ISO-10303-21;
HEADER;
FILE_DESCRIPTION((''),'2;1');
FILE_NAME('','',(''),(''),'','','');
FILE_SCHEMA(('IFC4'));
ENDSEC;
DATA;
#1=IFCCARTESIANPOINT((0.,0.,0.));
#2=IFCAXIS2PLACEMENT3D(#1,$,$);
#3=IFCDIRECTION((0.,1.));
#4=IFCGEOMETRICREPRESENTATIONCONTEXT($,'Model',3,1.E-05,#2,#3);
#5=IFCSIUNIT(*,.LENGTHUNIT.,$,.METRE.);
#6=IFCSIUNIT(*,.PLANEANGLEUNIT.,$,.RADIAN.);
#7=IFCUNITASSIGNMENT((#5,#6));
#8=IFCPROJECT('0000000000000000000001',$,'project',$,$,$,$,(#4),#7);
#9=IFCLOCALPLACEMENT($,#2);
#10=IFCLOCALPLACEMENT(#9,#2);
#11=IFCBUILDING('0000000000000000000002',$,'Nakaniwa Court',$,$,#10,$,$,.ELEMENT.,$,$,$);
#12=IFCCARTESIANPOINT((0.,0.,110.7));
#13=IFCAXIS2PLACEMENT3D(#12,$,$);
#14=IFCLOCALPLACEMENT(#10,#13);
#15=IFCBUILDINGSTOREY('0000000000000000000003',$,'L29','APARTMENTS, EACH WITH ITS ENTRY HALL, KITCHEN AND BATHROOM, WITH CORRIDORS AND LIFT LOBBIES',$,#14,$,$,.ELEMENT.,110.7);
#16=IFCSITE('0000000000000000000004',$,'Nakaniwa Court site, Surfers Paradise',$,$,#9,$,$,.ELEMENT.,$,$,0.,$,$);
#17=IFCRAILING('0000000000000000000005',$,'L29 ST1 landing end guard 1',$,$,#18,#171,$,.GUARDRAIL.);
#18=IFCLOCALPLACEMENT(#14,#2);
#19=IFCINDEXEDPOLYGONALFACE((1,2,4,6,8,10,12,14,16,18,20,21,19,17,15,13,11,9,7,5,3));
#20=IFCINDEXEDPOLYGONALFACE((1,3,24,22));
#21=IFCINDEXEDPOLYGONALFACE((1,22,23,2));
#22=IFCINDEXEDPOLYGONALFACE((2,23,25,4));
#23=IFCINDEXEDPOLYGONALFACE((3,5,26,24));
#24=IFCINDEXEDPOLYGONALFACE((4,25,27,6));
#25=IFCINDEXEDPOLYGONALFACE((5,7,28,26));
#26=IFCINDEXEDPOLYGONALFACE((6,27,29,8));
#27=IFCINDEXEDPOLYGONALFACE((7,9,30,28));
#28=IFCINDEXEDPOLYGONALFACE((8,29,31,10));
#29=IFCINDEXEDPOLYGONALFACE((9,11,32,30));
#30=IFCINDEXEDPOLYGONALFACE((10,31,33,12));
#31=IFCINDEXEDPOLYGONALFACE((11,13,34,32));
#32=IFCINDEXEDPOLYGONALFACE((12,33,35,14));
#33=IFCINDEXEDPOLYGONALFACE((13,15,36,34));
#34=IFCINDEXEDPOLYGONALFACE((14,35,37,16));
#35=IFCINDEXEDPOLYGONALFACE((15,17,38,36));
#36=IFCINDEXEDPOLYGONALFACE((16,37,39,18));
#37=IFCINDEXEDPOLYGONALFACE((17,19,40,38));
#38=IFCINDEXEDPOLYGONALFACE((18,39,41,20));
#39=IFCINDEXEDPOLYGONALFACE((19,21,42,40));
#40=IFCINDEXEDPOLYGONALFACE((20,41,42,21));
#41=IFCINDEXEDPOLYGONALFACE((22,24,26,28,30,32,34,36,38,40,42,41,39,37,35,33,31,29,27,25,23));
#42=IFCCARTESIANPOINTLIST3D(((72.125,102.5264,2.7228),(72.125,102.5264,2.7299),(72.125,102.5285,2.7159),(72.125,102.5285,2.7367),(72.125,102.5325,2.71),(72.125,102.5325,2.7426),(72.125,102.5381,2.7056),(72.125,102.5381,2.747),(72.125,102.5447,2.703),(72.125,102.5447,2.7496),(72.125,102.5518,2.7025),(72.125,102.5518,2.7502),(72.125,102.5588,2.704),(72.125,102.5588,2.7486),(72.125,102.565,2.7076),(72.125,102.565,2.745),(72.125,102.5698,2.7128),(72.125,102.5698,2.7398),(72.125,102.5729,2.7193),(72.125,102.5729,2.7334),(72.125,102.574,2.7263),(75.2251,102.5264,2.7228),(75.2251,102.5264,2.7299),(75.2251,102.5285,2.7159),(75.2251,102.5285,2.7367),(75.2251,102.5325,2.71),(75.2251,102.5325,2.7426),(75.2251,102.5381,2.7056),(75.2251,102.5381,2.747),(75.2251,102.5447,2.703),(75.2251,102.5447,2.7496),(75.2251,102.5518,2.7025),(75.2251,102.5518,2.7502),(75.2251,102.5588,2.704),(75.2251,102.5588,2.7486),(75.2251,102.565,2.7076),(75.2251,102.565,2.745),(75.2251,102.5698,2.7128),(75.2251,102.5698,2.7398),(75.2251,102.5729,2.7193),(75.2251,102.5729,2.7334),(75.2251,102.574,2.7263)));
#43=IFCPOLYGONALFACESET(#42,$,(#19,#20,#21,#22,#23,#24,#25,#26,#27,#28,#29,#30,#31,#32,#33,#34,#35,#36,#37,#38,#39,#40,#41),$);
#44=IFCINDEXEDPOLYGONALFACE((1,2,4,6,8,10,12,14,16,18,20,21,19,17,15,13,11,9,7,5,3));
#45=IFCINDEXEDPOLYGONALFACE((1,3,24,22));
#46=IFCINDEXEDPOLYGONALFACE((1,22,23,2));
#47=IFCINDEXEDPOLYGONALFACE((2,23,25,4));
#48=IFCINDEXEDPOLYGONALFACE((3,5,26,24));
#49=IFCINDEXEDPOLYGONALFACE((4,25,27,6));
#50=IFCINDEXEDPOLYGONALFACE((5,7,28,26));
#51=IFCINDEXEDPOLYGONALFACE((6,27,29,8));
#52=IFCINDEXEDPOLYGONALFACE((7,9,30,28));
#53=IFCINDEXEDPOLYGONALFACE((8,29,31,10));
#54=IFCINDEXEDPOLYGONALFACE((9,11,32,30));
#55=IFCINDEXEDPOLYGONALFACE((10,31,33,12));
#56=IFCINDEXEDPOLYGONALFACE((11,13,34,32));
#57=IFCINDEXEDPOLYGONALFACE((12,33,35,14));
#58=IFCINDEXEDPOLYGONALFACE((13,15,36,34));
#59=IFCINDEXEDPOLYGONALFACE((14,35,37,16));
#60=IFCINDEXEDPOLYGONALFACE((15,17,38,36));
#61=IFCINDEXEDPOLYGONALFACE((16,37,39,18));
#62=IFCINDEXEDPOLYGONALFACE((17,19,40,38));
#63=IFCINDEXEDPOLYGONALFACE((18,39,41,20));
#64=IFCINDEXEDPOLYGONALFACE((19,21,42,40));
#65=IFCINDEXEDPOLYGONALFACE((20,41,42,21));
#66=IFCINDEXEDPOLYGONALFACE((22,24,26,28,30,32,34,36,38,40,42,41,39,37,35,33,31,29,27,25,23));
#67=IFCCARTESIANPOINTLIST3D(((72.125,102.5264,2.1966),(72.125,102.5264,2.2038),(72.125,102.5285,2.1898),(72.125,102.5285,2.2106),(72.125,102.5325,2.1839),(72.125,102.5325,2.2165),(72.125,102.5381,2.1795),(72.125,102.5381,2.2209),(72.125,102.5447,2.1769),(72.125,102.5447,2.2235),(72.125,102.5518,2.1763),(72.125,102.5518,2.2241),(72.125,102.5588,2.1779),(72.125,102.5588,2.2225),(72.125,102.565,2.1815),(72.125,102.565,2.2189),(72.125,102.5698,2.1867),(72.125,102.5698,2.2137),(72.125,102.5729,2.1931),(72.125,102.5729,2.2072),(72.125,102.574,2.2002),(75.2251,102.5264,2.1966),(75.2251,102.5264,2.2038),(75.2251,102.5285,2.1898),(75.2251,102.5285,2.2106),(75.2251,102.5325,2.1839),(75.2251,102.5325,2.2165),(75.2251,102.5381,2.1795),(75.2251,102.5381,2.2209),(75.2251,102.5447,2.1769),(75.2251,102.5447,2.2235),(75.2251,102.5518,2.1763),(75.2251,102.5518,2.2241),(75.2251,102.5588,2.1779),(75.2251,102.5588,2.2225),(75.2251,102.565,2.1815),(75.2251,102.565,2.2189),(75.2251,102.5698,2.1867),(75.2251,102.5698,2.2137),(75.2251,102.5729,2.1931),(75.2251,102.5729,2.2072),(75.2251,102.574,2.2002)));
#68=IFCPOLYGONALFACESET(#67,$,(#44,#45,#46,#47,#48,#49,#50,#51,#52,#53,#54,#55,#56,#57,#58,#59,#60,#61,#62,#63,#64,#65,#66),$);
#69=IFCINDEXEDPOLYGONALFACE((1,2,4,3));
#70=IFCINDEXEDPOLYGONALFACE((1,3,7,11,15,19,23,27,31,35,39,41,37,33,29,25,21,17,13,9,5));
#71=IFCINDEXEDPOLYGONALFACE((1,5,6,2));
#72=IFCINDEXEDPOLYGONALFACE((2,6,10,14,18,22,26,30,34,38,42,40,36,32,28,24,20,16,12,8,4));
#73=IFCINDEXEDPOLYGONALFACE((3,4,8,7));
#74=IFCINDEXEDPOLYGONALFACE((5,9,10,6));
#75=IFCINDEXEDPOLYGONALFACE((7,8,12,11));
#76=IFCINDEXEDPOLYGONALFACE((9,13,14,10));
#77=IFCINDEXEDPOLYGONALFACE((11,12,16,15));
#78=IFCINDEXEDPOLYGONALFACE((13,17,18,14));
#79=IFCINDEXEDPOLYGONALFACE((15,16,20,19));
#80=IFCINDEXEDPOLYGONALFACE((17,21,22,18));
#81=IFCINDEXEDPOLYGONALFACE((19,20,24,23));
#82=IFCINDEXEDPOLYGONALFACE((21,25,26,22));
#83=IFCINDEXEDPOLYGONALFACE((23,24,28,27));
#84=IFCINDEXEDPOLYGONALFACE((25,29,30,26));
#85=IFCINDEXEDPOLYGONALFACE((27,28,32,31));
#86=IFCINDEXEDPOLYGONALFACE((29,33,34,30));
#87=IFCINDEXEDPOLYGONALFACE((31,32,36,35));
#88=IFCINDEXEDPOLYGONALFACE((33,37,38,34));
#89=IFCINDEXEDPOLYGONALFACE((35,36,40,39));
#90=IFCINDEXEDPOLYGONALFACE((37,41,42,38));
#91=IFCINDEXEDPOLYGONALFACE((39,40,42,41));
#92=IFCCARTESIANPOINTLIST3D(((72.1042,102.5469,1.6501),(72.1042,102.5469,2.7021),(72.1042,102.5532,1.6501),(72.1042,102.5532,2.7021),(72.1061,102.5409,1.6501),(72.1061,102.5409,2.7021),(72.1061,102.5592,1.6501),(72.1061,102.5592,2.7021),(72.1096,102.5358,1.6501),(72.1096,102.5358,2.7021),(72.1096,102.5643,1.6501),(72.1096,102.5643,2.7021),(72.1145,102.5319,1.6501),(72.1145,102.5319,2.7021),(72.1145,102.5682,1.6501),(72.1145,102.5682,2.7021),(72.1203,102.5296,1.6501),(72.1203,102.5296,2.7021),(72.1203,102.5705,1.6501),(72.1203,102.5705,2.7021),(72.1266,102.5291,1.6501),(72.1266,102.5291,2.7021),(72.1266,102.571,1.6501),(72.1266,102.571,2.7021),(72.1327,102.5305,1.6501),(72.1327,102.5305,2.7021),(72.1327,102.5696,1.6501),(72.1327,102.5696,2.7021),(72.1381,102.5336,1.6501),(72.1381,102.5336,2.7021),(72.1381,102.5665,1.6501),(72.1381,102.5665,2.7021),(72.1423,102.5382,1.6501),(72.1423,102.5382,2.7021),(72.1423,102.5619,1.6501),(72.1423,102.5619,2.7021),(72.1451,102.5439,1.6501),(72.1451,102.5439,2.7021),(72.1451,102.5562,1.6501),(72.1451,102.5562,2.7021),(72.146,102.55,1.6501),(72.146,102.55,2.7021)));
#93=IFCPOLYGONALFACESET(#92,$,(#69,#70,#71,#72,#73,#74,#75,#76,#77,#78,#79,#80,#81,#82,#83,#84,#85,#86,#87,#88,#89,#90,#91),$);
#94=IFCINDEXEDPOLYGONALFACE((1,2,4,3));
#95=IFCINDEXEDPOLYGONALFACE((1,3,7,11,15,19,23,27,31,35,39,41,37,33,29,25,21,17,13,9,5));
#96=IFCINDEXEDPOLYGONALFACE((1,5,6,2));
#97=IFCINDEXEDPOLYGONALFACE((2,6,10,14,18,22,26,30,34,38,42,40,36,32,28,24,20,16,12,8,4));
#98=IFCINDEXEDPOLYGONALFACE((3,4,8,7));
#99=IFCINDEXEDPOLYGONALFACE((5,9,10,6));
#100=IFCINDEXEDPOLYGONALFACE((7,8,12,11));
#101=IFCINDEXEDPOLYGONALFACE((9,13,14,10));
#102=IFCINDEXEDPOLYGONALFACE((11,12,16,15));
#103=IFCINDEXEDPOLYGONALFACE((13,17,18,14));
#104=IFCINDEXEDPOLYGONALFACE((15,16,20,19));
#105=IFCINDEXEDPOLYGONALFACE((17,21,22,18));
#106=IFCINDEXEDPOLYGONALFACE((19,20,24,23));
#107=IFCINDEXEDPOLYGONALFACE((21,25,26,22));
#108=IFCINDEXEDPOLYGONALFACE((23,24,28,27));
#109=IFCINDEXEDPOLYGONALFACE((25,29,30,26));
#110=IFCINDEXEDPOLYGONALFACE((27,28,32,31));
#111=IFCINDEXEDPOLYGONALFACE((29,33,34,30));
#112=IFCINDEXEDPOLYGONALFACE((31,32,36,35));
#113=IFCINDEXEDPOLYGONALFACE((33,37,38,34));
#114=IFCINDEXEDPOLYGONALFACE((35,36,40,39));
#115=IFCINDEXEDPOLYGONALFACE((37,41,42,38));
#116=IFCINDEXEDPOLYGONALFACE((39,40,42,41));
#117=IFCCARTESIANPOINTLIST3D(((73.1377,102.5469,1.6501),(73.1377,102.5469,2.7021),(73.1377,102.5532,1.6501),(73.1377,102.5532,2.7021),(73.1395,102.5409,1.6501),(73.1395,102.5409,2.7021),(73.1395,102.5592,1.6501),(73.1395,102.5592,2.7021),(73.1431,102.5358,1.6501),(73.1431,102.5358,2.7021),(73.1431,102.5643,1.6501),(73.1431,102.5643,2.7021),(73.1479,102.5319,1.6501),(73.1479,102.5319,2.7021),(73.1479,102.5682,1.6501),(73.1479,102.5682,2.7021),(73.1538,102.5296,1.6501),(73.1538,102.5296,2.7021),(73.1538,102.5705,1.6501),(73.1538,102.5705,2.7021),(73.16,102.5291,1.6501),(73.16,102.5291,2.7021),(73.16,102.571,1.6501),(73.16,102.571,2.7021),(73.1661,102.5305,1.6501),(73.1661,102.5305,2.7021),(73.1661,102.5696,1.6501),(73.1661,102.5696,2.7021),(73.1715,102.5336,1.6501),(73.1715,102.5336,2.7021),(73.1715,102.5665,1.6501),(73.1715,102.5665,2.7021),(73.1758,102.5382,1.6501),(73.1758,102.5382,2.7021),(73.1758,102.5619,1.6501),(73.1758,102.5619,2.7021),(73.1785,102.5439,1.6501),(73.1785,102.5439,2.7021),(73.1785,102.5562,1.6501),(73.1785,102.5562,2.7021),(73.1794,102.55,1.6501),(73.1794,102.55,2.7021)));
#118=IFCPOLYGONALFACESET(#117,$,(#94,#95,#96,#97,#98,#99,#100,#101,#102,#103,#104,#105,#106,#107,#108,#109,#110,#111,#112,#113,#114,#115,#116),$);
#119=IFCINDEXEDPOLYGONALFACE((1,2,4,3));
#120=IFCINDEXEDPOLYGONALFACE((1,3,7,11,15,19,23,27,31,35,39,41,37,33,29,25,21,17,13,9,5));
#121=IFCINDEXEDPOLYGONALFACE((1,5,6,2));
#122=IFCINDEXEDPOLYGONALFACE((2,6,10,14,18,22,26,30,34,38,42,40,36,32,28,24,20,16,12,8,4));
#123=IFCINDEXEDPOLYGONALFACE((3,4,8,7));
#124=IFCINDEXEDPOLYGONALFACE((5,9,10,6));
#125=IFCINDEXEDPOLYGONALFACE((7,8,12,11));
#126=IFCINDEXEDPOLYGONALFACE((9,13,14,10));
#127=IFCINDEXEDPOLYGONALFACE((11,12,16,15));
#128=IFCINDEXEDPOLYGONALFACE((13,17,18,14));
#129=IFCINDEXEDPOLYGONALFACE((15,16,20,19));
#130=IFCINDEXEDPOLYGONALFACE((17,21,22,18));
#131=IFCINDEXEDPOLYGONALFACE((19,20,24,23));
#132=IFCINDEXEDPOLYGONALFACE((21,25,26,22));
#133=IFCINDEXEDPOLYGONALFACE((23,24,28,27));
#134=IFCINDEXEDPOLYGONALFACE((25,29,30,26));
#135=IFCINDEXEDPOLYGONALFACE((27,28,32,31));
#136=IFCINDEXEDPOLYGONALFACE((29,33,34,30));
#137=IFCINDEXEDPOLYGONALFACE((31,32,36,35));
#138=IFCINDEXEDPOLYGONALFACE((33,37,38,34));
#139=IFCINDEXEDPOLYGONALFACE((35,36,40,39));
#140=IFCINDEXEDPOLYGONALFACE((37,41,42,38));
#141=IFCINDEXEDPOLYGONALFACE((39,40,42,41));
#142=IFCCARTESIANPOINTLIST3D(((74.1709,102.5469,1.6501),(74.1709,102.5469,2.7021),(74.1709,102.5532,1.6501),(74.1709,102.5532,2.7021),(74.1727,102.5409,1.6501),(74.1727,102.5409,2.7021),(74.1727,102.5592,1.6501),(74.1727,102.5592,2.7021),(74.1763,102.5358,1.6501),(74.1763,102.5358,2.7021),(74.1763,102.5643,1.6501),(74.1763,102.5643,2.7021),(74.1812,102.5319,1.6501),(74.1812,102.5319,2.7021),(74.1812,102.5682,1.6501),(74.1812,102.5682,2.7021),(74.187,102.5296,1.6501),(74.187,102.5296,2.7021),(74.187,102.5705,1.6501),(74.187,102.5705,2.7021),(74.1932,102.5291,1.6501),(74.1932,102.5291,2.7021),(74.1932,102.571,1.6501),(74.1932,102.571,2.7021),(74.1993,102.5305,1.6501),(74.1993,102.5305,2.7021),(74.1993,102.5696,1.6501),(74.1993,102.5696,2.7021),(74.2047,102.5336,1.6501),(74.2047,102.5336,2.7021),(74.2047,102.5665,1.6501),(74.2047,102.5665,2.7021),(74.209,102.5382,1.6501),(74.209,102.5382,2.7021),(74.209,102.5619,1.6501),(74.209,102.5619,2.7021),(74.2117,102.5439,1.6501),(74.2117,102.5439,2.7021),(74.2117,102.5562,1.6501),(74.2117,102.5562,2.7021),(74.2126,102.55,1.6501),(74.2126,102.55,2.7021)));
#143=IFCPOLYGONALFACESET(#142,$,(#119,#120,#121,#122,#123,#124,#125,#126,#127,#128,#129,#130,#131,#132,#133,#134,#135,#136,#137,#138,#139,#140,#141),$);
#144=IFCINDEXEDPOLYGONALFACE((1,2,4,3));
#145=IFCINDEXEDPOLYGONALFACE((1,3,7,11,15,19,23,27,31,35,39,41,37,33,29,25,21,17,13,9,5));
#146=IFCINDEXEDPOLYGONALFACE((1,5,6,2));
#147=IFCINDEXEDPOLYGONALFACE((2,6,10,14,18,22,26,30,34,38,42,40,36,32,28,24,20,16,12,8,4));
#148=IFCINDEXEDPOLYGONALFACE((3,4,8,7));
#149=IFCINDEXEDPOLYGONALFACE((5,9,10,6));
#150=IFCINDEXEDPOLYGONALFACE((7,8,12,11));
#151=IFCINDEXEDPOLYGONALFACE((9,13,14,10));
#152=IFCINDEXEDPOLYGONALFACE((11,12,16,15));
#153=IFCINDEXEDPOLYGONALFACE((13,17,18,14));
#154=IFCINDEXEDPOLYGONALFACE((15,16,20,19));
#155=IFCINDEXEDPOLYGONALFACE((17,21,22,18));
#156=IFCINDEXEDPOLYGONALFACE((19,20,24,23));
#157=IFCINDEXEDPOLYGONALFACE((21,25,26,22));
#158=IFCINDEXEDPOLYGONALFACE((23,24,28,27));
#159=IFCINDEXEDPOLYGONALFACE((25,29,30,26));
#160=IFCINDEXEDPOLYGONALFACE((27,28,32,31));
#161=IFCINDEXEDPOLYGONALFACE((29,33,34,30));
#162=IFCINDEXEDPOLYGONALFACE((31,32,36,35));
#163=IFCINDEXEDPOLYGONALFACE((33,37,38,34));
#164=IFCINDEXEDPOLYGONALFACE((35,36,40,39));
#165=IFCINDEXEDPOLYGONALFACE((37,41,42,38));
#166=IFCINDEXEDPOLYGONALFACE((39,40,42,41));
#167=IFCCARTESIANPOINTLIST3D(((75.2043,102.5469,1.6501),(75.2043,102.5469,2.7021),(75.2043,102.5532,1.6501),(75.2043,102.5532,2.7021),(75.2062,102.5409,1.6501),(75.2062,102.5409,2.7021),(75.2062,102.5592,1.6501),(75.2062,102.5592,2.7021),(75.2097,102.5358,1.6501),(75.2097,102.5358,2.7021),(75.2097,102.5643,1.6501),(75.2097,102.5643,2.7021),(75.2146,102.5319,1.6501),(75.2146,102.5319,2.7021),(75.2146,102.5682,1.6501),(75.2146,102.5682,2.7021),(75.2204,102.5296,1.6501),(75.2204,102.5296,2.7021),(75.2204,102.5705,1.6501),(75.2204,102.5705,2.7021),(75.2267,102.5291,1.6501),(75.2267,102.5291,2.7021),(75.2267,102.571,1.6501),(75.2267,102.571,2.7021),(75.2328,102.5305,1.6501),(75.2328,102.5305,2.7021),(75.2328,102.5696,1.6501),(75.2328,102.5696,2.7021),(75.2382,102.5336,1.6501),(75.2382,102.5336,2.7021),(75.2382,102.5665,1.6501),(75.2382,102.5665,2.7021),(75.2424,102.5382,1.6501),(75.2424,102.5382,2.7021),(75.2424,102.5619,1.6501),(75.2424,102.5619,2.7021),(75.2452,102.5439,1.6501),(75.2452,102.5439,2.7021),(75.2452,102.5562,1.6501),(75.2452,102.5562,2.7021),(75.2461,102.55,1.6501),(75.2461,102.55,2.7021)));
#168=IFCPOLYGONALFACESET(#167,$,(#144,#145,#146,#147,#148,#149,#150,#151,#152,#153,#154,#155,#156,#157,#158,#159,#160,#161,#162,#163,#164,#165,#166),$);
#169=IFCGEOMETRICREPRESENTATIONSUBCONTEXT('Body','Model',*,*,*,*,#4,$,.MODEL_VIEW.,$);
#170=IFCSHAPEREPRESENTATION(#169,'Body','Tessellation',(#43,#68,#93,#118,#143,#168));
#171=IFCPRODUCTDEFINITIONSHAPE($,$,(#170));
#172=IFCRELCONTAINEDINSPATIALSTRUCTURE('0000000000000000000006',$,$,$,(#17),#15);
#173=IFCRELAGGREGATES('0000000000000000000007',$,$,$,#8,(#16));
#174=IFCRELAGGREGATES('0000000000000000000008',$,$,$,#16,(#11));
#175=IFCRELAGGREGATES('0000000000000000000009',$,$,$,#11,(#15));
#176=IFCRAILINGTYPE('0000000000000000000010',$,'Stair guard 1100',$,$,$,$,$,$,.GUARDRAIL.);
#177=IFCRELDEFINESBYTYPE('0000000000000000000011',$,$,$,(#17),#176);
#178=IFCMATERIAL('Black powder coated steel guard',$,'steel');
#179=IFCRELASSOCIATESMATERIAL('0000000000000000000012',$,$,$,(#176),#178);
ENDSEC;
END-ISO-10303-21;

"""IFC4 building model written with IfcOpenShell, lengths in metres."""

from ifc_helpers import new_model, si_unit, direction, frame, origin, origin_2d, place, context, subcontext, project, spatial, circle, extrude, material, type_object, element, save


model = new_model("IFC4")

# Units and contexts
model_context = context("Model", 3, precision=1e-05, world=origin(), true_north=direction((0.0, 1.0)))
body_context = subcontext(model_context, "Body", "Model", "MODEL_VIEW")
ifc_project = project(units=[si_unit("LENGTHUNIT", "METRE"), si_unit("PLANEANGLEUNIT", "RADIAN")], contexts=[model_context])

# Site, building, storey
site_placement = place(None, origin())
site = spatial("IfcSite", under=ifc_project, at=site_placement, Name="Nakaniwa Court site, Surfers Paradise", CompositionType="ELEMENT", RefElevation=0.0)
building_placement = place(site_placement, origin())
building = spatial("IfcBuilding", under=site, at=building_placement, Name="Nakaniwa Court", CompositionType="ELEMENT")
storey_placement = place(building_placement, frame((0.0, 0.0, 110.7)))
storey = spatial("IfcBuildingStorey", under=building, at=storey_placement, Name="L29", Description="APARTMENTS, EACH WITH ITS ENTRY HALL, KITCHEN AND BATHROOM, WITH CORRIDORS AND LIFT LOBBIES", CompositionType="ELEMENT", Elevation=110.7)

# Railing
ifc_material_1 = material(Name="Black powder coated steel guard", Category="steel")
railing_type_1 = type_object("IfcRailingType", Name="Stair guard 1100", PredefinedType="GUARDRAIL", material=ifc_material_1)
railing_1_placement = place(storey_placement, frame((72.125, 102.55, 1.6501)))
element("IfcRailing", 1, at=railing_1_placement, inside=storey, type_object=railing_type_1, Name="L29 ST1 landing end guard 1", PredefinedType="GUARDRAIL", context=body_context, shape_type="SweptSolid", body=[
    extrude(circle(Radius=0.0239, at=origin_2d()), frame((0.0, 0.0, 1.0762), z_axis=(1.0, 0.0, 0.0), x_axis=(0.0, 1.0, 0.0)), (0.0, 0.0, 1.0), 3.1001),
    extrude(circle(Radius=0.0239, at=origin_2d()), frame((0.0, 0.0, 0.55), z_axis=(1.0, 0.0, 0.0), x_axis=(0.0, 1.0, 0.0)), (0.0, 0.0, 1.0), 3.1001),
    extrude(circle(Radius=0.021, at=origin_2d()), origin(), (0.0, 0.0, 1.0), 1.052),
    extrude(circle(Radius=0.021, at=origin_2d()), frame((1.0334, 0.0, 0.0)), (0.0, 0.0, 1.0), 1.052),
    extrude(circle(Radius=0.021, at=origin_2d()), frame((2.0667, 0.0, 0.0)), (0.0, 0.0, 1.0), 1.052),
    extrude(circle(Radius=0.021, at=origin_2d()), frame((3.1001, 0.0, 0.0)), (0.0, 0.0, 1.0), 1.052),
])

save(model, "model.ifc")
